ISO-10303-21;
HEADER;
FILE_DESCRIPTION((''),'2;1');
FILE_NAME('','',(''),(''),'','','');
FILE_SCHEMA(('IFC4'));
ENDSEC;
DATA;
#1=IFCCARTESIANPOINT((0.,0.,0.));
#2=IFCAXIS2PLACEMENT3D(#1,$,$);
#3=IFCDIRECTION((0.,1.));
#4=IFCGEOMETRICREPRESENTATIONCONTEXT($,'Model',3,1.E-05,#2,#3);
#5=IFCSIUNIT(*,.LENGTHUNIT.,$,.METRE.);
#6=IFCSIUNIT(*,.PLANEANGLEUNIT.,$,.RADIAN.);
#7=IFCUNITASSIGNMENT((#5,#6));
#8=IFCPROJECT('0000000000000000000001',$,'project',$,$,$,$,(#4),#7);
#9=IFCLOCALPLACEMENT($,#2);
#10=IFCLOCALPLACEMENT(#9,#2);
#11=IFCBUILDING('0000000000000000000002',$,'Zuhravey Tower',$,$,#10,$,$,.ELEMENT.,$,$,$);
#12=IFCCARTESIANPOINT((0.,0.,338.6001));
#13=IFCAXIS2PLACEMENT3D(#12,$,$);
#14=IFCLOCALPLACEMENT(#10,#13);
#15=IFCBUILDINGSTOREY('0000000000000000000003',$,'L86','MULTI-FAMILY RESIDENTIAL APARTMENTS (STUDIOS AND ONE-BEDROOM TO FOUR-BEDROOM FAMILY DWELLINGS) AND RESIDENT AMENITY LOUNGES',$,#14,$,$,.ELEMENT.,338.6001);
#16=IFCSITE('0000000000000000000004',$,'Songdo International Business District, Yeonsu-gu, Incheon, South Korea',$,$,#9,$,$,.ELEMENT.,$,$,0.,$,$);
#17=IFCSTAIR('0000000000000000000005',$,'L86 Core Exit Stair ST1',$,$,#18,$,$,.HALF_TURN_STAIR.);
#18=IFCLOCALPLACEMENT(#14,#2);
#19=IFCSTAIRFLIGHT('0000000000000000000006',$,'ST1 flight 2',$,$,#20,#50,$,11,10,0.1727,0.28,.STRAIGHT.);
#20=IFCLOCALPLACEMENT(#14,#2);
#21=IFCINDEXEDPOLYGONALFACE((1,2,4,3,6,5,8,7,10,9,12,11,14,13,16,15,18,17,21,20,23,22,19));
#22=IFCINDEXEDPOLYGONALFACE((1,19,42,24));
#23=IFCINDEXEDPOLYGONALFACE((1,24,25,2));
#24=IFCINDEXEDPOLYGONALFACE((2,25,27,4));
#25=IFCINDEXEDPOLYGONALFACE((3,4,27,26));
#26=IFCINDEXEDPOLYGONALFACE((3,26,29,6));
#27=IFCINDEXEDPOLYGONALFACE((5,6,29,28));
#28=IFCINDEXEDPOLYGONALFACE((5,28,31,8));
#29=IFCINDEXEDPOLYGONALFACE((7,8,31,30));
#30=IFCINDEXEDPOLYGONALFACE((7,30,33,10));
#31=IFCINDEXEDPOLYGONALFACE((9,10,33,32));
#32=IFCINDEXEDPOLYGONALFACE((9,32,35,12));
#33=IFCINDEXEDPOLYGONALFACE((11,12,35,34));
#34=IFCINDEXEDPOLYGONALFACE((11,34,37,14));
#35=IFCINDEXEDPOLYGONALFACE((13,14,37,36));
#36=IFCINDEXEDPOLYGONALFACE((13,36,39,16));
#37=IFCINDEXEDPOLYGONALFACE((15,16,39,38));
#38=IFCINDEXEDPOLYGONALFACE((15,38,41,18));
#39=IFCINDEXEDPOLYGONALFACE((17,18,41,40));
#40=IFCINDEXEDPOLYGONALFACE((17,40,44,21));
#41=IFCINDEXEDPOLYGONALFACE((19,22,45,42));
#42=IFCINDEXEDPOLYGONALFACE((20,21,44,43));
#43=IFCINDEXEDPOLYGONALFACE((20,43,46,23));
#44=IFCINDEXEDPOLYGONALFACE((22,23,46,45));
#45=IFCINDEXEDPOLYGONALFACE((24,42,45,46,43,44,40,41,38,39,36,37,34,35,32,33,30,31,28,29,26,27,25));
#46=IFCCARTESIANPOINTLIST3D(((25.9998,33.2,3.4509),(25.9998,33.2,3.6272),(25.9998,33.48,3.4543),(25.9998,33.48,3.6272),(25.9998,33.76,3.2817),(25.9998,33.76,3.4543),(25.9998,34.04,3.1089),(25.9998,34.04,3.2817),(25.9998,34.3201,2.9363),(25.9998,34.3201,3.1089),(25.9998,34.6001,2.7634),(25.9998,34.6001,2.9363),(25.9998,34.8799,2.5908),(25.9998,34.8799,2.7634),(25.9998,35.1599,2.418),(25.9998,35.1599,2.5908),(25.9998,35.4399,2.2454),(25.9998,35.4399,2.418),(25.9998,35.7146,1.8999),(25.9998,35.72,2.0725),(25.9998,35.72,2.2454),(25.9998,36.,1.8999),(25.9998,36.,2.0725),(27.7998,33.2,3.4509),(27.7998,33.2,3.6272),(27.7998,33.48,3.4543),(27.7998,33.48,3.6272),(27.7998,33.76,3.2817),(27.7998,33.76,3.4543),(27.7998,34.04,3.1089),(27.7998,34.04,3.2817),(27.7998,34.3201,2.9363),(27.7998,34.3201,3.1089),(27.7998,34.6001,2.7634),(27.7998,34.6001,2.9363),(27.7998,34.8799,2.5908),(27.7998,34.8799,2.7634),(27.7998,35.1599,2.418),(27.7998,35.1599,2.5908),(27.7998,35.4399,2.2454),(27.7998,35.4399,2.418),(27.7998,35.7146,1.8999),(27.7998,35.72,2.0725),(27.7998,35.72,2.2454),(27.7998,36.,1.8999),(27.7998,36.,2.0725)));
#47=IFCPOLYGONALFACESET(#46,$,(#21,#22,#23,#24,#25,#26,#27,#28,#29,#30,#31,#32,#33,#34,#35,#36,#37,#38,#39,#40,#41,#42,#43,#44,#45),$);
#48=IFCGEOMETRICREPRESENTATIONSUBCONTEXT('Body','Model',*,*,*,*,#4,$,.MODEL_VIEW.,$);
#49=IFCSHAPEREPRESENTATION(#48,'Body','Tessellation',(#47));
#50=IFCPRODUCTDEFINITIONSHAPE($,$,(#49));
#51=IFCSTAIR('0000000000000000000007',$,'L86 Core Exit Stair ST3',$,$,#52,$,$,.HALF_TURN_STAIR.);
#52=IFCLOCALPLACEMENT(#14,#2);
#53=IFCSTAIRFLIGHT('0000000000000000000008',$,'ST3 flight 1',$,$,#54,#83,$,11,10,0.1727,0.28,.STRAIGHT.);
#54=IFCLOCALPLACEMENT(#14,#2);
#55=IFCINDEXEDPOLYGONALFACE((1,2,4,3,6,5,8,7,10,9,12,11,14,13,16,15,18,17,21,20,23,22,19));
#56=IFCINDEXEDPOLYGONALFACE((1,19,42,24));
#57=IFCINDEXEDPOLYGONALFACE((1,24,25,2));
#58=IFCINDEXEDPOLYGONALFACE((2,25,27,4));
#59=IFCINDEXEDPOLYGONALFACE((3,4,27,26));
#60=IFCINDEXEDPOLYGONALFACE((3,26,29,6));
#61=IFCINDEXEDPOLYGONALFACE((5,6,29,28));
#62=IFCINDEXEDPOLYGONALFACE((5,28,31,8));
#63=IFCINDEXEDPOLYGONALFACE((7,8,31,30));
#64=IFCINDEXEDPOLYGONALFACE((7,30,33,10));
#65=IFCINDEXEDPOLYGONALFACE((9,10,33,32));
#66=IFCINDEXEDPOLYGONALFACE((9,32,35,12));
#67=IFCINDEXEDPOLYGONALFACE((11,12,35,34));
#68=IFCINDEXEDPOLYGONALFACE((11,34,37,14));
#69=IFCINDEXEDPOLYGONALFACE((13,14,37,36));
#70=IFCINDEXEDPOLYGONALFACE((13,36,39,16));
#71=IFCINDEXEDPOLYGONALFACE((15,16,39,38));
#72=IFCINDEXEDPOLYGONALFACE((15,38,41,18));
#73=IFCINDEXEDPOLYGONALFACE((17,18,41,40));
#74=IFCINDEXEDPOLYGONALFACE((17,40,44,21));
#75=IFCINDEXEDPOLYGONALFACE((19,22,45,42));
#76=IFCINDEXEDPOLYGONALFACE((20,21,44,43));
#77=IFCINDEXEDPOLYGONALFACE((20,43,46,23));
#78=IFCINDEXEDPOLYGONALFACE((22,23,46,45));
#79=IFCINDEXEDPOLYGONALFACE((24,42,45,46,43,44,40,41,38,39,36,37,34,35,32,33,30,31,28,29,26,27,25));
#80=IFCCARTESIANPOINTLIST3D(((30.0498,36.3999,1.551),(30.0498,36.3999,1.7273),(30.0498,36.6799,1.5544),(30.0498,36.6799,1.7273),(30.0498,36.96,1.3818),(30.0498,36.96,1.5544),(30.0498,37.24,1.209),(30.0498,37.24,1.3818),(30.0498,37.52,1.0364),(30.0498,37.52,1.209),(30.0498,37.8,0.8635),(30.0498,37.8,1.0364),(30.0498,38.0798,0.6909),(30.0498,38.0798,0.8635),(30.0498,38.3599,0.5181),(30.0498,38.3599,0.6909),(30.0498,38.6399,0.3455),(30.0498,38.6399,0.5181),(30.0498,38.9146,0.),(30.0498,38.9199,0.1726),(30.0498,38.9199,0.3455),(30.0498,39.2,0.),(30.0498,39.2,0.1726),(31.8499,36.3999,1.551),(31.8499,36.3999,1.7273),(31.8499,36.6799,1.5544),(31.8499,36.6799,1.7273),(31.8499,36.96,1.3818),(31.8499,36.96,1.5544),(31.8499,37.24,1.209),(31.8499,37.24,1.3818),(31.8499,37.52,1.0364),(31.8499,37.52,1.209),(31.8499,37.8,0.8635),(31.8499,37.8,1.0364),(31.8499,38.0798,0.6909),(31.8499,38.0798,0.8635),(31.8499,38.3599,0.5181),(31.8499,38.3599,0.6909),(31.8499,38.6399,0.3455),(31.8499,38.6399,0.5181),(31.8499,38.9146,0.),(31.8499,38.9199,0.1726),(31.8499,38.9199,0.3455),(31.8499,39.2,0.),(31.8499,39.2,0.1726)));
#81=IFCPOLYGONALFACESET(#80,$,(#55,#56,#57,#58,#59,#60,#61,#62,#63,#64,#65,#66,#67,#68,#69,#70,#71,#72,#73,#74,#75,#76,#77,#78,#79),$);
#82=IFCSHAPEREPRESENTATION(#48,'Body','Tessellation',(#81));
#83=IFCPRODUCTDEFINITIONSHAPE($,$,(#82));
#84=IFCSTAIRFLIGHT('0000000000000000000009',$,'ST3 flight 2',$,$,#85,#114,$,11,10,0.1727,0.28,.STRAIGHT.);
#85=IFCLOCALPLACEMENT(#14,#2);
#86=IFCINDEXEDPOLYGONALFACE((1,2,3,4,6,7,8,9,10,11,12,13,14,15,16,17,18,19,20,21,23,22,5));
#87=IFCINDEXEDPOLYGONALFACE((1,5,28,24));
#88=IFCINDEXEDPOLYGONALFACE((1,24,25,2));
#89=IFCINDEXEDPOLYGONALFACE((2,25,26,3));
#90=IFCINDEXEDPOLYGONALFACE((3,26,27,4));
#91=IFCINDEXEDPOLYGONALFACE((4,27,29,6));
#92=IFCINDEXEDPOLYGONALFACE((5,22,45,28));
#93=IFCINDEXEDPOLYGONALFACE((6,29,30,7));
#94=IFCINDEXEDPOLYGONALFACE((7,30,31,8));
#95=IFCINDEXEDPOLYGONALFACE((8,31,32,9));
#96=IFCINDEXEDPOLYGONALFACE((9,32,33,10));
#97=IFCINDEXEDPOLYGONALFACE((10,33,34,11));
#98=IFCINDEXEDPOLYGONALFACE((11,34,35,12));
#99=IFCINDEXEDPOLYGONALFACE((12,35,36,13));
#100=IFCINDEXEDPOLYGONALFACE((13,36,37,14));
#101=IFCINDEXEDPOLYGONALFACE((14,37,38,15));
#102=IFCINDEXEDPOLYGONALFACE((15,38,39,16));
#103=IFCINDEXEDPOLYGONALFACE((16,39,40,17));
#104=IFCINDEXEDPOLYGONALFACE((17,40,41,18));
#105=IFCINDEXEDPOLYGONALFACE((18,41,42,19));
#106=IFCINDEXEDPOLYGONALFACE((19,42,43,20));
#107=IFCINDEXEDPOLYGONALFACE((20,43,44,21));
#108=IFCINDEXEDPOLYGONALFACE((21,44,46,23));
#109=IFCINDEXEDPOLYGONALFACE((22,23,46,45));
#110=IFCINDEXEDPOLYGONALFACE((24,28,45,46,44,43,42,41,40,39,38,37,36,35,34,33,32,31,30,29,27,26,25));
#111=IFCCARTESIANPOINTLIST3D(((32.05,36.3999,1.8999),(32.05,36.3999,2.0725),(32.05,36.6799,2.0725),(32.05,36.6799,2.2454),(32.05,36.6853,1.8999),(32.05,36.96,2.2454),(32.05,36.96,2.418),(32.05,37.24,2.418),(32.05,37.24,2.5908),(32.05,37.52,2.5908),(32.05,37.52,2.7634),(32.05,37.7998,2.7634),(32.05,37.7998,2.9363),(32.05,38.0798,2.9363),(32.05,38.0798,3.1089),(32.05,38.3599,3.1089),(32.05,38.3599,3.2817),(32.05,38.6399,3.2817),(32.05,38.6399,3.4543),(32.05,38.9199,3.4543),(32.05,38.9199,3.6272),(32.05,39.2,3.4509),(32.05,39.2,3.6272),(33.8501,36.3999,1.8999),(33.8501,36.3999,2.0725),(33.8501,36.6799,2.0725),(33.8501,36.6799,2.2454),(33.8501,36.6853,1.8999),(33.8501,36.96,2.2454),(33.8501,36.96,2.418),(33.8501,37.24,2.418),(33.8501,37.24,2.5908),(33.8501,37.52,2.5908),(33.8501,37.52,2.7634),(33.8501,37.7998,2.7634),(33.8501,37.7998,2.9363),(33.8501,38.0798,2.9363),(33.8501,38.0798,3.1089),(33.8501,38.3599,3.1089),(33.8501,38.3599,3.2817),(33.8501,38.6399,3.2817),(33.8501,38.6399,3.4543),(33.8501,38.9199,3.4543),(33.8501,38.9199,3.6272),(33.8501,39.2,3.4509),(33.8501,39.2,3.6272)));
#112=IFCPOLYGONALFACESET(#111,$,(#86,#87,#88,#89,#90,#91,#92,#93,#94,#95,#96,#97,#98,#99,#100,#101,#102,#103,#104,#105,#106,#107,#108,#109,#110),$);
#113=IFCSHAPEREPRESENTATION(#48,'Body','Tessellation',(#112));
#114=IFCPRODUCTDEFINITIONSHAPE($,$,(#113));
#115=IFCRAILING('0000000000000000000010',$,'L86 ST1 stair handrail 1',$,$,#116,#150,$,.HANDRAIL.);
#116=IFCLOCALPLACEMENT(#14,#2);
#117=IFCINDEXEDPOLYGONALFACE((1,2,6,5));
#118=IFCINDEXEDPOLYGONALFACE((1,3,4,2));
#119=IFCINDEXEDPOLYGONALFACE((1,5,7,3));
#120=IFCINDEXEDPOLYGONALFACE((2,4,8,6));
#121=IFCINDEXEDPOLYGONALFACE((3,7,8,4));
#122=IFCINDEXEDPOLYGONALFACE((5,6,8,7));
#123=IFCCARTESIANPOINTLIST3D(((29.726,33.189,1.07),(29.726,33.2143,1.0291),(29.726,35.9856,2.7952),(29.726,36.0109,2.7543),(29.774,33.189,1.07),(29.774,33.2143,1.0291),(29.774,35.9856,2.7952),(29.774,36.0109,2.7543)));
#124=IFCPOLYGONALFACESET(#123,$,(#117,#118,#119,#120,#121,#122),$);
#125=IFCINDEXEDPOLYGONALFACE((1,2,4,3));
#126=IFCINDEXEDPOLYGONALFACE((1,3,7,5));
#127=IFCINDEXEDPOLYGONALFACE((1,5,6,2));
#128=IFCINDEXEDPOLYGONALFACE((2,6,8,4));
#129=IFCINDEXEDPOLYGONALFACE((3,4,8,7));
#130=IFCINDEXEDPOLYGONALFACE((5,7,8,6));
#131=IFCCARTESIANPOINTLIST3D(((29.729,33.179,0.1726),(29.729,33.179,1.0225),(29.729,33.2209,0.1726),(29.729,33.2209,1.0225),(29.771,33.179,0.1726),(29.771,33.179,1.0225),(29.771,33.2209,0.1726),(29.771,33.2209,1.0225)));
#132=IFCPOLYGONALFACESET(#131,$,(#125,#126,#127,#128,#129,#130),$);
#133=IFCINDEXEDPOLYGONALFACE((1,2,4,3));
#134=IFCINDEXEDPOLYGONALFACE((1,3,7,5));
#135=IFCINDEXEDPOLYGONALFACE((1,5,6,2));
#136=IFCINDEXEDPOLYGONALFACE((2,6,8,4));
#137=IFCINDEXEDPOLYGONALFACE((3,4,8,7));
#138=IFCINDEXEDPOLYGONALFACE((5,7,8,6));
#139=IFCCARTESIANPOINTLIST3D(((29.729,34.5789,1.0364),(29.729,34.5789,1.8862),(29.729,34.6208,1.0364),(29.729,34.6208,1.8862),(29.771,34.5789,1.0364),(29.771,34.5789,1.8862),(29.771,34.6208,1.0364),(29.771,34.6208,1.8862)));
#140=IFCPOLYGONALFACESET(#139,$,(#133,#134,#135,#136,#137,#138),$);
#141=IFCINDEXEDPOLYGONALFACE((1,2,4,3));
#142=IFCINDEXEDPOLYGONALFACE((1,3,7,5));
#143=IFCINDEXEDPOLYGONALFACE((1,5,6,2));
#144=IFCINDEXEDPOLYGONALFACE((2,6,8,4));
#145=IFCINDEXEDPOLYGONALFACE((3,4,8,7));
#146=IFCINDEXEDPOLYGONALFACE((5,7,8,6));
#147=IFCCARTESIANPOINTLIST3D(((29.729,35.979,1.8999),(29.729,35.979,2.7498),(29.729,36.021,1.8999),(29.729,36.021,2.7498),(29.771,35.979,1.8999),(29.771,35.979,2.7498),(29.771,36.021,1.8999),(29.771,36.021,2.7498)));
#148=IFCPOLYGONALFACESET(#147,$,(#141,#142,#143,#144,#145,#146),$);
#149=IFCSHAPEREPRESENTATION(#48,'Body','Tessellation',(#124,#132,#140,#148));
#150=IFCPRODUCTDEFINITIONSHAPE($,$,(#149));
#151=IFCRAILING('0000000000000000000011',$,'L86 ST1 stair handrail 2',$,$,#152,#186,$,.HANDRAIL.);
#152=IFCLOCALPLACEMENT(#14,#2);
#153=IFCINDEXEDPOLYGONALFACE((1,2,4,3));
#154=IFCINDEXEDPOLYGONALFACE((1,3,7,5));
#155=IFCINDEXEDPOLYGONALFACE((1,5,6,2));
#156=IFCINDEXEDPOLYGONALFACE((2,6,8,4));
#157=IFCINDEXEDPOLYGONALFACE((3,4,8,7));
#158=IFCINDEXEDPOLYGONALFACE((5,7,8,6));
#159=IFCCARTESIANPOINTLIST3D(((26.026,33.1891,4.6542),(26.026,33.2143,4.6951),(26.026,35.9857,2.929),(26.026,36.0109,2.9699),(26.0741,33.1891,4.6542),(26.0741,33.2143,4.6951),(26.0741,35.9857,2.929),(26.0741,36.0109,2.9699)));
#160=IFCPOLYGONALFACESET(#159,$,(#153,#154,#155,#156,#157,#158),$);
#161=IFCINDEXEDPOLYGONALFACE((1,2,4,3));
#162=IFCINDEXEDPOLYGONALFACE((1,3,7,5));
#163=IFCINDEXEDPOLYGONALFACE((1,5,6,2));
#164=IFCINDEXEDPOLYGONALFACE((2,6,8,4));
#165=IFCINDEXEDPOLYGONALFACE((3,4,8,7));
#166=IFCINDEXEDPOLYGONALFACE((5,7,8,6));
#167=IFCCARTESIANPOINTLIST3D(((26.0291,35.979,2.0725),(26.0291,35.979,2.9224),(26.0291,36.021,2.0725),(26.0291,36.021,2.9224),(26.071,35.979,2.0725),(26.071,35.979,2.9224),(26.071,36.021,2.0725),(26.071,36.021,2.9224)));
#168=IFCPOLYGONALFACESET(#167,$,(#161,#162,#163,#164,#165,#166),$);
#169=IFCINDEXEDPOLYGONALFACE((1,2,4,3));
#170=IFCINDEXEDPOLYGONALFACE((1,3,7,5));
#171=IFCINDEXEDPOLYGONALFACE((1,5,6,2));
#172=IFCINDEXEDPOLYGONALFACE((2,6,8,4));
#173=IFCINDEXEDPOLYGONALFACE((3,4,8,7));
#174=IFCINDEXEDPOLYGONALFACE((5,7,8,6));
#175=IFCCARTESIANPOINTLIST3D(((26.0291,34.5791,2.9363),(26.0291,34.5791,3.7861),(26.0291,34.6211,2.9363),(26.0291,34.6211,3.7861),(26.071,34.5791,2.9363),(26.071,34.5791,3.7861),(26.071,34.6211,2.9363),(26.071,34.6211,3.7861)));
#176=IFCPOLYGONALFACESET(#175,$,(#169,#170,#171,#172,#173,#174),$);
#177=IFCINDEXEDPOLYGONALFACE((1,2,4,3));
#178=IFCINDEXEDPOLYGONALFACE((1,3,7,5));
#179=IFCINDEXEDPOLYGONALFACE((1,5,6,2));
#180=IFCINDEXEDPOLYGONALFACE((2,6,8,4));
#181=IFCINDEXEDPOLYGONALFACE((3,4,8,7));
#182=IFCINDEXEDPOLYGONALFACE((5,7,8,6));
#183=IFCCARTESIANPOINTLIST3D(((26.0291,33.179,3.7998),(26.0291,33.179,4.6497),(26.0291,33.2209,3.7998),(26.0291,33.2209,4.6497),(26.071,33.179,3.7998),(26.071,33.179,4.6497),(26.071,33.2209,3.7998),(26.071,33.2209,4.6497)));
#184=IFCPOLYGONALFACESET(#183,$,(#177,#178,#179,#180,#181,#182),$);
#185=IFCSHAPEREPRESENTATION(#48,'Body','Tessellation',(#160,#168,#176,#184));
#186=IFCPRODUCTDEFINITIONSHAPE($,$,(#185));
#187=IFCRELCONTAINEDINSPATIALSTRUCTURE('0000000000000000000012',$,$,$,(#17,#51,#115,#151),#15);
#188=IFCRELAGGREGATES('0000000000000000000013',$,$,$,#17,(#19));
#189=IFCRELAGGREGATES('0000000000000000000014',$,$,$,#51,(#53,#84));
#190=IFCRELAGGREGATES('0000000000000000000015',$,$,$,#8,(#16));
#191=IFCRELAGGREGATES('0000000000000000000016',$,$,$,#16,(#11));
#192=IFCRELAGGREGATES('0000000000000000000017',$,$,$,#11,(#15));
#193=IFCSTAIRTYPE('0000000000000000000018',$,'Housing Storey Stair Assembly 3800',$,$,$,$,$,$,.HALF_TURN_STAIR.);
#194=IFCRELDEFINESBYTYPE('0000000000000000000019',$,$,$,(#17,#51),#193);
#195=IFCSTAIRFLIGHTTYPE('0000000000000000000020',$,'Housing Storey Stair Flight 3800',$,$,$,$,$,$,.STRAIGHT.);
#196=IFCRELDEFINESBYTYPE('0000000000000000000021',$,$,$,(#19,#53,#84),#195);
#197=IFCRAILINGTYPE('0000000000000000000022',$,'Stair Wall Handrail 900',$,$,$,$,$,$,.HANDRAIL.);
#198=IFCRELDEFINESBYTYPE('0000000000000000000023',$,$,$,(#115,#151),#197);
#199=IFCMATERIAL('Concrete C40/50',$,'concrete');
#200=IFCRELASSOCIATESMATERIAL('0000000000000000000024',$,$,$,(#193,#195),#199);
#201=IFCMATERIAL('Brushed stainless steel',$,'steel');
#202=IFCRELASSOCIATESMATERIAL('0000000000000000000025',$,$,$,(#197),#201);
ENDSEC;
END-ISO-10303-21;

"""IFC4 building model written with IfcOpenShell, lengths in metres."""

from ifc_helpers import new_model, si_unit, direction, frame, origin, origin_2d, place, context, subcontext, project, spatial, polyline, rectangle, outline, extrude, material, type_object, element, aggregate, save


model = new_model("IFC4")

# Units and contexts
model_context = context("Model", 3, precision=1e-05, world=origin(), true_north=direction((0.0, 1.0)))
body_context = subcontext(model_context, "Body", "Model", "MODEL_VIEW")
ifc_project = project(units=[si_unit("LENGTHUNIT", "METRE"), si_unit("PLANEANGLEUNIT", "RADIAN")], contexts=[model_context])

# Site, building, storey
site_placement = place(None, origin())
site = spatial("IfcSite", under=ifc_project, at=site_placement, Name="Songdo International Business District, Yeonsu-gu, Incheon, South Korea", CompositionType="ELEMENT", RefElevation=0.0)
building_placement = place(site_placement, origin())
building = spatial("IfcBuilding", under=site, at=building_placement, Name="Zuhravey Tower", CompositionType="ELEMENT")
storey_placement = place(building_placement, frame((0.0, 0.0, 338.6001)))
storey = spatial("IfcBuildingStorey", under=building, at=storey_placement, Name="L86", Description="MULTI-FAMILY RESIDENTIAL APARTMENTS (STUDIOS AND ONE-BEDROOM TO FOUR-BEDROOM FAMILY DWELLINGS) AND RESIDENT AMENITY LOUNGES", CompositionType="ELEMENT", Elevation=338.6001)

# Stairs, stair flights
ifc_material_1 = material(Name="Concrete C40/50", Category="concrete")
stair_type = type_object("IfcStairType", Name="Housing Storey Stair Assembly 3800", PredefinedType="HALF_TURN_STAIR", material=ifc_material_1)
stair_1_placement = place(storey_placement, origin())
stair_1 = element("IfcStair", 1, at=stair_1_placement, inside=storey, type_object=stair_type, Name="L86 Core Exit Stair ST1", PredefinedType="HALF_TURN_STAIR")
stair_flight_type = type_object("IfcStairFlightType", Name="Housing Storey Stair Flight 3800", PredefinedType="STRAIGHT", material=ifc_material_1)
stair_flight_1_placement = place(storey_placement, frame((26.8999, 36.0, 1.8999), z_axis=(0.0, 0.0, 1.0), x_axis=(0.0, -1.0, 0.0)))
stair_flight_1 = element("IfcStairFlight", 2, at=stair_flight_1_placement, type_object=stair_flight_type, Name="ST1 flight 2", NumberOfRisers=11, NumberOfTreads=10, PredefinedType="STRAIGHT", RiserHeight=0.1727, TreadLength=0.28, context=body_context, shape_type="SweptSolid", body=[
    extrude(outline(polyline([(0.0, 0.0), (0.0, 0.1726), (0.28, 0.1726), (0.28, 0.3455), (0.5601, 0.3455), (0.5601, 0.5181), (0.8401, 0.5181), (0.8401, 0.6909), (1.1201, 0.6909), (1.1201, 0.8635), (1.3999, 0.8635), (1.3999, 1.0364), (1.6799, 1.0364), (1.6799, 1.209), (1.96, 1.209), (1.96, 1.3818), (2.24, 1.3818), (2.24, 1.5544), (2.52, 1.5544), (2.52, 1.7273), (2.8, 1.7273), (2.8, 1.8999), (2.8, 1.551), (0.2854, 0.0), (0.0, 0.0)])), frame((0.0, 0.8999, 0.0), z_axis=(0.0, -1.0, 0.0), x_axis=(1.0, 0.0, 0.0)), (0.0, 0.0, 1.0), 1.8),
])
aggregate(stair_1, [stair_flight_1])
stair_2_placement = place(storey_placement, origin())
stair_2 = element("IfcStair", 3, at=stair_2_placement, inside=storey, type_object=stair_type, Name="L86 Core Exit Stair ST3", PredefinedType="HALF_TURN_STAIR")
stair_flight_2_placement = place(storey_placement, frame((30.95, 39.2, 0.0), z_axis=(0.0, 0.0, 1.0), x_axis=(0.0, -1.0, 0.0)))
stair_flight_2 = element("IfcStairFlight", 4, at=stair_flight_2_placement, type_object=stair_flight_type, Name="ST3 flight 1", NumberOfRisers=11, NumberOfTreads=10, PredefinedType="STRAIGHT", RiserHeight=0.1727, TreadLength=0.28, context=body_context, shape_type="SweptSolid", body=[
    extrude(outline(polyline([(0.0, 0.0), (0.0, 0.1726), (0.28, 0.1726), (0.28, 0.3455), (0.5601, 0.3455), (0.5601, 0.5181), (0.8401, 0.5181), (0.8401, 0.6909), (1.1201, 0.6909), (1.1201, 0.8635), (1.3999, 0.8635), (1.3999, 1.0364), (1.6799, 1.0364), (1.6799, 1.209), (1.96, 1.209), (1.96, 1.3818), (2.24, 1.3818), (2.24, 1.5544), (2.52, 1.5544), (2.52, 1.7273), (2.8, 1.7273), (2.8, 1.8999), (2.8, 1.551), (0.2854, 0.0), (0.0, 0.0)])), frame((0.0, 0.8999, 0.0), z_axis=(0.0, -1.0, 0.0), x_axis=(1.0, 0.0, 0.0)), (0.0, 0.0, 1.0), 1.8),
])
stair_flight_3_placement = place(storey_placement, frame((32.95, 36.3999, 1.8999), z_axis=(0.0, 0.0, 1.0), x_axis=(0.0, 1.0, 0.0)))
stair_flight_3 = element("IfcStairFlight", 5, at=stair_flight_3_placement, type_object=stair_flight_type, Name="ST3 flight 2", NumberOfRisers=11, NumberOfTreads=10, PredefinedType="STRAIGHT", RiserHeight=0.1727, TreadLength=0.28, context=body_context, shape_type="SweptSolid", body=[
    extrude(outline(polyline([(0.0, 0.0), (0.0, 0.1726), (0.28, 0.1726), (0.28, 0.3455), (0.5601, 0.3455), (0.5601, 0.5181), (0.8401, 0.5181), (0.8401, 0.6909), (1.1201, 0.6909), (1.1201, 0.8635), (1.3999, 0.8635), (1.3999, 1.0364), (1.6799, 1.0364), (1.6799, 1.209), (1.96, 1.209), (1.96, 1.3818), (2.24, 1.3818), (2.24, 1.5544), (2.52, 1.5544), (2.52, 1.7273), (2.8, 1.7273), (2.8, 1.8999), (2.8, 1.551), (0.2854, 0.0), (0.0, 0.0)])), frame((0.0, 0.8999, 0.0), z_axis=(0.0, -1.0, 0.0), x_axis=(1.0, 0.0, 0.0)), (0.0, 0.0, 1.0), 1.8),
])
aggregate(stair_2, [stair_flight_2, stair_flight_3])

# Railings
ifc_material_2 = material(Name="Brushed stainless steel", Category="steel")
railing_type_1 = type_object("IfcRailingType", Name="Stair Wall Handrail 900", PredefinedType="HANDRAIL", material=ifc_material_2)
railing_1_placement = place(storey_placement, frame((29.75, 33.2, 0.1726)))
element("IfcRailing", 6, at=railing_1_placement, inside=storey, type_object=railing_type_1, Name="L86 ST1 stair handrail 1", PredefinedType="HANDRAIL", context=body_context, shape_type="SweptSolid", body=[
    extrude(rectangle(XDim=0.0481, YDim=0.0481, at=origin_2d()), frame((0.0, 0.0017, 0.877), z_axis=(0.0, 0.85109, 0.52502), x_axis=(-1.0, 0.0, 0.0)), (0.0, 0.0, 1.0), 3.2859),
    extrude(rectangle(XDim=0.042, YDim=0.042, at=origin_2d()), origin(), (0.0, 0.0, 1.0), 0.8499),
    extrude(rectangle(XDim=0.042, YDim=0.042, at=origin_2d()), frame((0.0, 1.3999, 0.8638)), (0.0, 0.0, 1.0), 0.8499),
    extrude(rectangle(XDim=0.042, YDim=0.042, at=origin_2d()), frame((0.0, 2.8, 1.7273)), (0.0, 0.0, 1.0), 0.8499),
])
for number, where, name in (
    (7, (26.05, 36.0, 2.0725), "L86 ST1 stair handrail 2"),
):
    element("IfcRailing", number, at=place(storey_placement, frame(where)), inside=storey, type_object=railing_type_1, Name=name, PredefinedType="HANDRAIL", context=body_context, shape_type="SweptSolid", body=[
        extrude(rectangle(XDim=0.0481, YDim=0.0481, at=origin_2d()), frame((0.0, -0.0017, 0.877), z_axis=(0.0, -0.85109, 0.52502), x_axis=(1.0, 0.0, 0.0)), (0.0, 0.0, 1.0), 3.2859),
        extrude(rectangle(XDim=0.042, YDim=0.042, at=origin_2d()), origin(), (0.0, 0.0, 1.0), 0.8499),
        extrude(rectangle(XDim=0.042, YDim=0.042, at=origin_2d()), frame((0.0, -1.3999, 0.8638)), (0.0, 0.0, 1.0), 0.8499),
        extrude(rectangle(XDim=0.042, YDim=0.042, at=origin_2d()), frame((0.0, -2.8, 1.7273)), (0.0, 0.0, 1.0), 0.8499),
    ])

save(model, "model.ifc")
